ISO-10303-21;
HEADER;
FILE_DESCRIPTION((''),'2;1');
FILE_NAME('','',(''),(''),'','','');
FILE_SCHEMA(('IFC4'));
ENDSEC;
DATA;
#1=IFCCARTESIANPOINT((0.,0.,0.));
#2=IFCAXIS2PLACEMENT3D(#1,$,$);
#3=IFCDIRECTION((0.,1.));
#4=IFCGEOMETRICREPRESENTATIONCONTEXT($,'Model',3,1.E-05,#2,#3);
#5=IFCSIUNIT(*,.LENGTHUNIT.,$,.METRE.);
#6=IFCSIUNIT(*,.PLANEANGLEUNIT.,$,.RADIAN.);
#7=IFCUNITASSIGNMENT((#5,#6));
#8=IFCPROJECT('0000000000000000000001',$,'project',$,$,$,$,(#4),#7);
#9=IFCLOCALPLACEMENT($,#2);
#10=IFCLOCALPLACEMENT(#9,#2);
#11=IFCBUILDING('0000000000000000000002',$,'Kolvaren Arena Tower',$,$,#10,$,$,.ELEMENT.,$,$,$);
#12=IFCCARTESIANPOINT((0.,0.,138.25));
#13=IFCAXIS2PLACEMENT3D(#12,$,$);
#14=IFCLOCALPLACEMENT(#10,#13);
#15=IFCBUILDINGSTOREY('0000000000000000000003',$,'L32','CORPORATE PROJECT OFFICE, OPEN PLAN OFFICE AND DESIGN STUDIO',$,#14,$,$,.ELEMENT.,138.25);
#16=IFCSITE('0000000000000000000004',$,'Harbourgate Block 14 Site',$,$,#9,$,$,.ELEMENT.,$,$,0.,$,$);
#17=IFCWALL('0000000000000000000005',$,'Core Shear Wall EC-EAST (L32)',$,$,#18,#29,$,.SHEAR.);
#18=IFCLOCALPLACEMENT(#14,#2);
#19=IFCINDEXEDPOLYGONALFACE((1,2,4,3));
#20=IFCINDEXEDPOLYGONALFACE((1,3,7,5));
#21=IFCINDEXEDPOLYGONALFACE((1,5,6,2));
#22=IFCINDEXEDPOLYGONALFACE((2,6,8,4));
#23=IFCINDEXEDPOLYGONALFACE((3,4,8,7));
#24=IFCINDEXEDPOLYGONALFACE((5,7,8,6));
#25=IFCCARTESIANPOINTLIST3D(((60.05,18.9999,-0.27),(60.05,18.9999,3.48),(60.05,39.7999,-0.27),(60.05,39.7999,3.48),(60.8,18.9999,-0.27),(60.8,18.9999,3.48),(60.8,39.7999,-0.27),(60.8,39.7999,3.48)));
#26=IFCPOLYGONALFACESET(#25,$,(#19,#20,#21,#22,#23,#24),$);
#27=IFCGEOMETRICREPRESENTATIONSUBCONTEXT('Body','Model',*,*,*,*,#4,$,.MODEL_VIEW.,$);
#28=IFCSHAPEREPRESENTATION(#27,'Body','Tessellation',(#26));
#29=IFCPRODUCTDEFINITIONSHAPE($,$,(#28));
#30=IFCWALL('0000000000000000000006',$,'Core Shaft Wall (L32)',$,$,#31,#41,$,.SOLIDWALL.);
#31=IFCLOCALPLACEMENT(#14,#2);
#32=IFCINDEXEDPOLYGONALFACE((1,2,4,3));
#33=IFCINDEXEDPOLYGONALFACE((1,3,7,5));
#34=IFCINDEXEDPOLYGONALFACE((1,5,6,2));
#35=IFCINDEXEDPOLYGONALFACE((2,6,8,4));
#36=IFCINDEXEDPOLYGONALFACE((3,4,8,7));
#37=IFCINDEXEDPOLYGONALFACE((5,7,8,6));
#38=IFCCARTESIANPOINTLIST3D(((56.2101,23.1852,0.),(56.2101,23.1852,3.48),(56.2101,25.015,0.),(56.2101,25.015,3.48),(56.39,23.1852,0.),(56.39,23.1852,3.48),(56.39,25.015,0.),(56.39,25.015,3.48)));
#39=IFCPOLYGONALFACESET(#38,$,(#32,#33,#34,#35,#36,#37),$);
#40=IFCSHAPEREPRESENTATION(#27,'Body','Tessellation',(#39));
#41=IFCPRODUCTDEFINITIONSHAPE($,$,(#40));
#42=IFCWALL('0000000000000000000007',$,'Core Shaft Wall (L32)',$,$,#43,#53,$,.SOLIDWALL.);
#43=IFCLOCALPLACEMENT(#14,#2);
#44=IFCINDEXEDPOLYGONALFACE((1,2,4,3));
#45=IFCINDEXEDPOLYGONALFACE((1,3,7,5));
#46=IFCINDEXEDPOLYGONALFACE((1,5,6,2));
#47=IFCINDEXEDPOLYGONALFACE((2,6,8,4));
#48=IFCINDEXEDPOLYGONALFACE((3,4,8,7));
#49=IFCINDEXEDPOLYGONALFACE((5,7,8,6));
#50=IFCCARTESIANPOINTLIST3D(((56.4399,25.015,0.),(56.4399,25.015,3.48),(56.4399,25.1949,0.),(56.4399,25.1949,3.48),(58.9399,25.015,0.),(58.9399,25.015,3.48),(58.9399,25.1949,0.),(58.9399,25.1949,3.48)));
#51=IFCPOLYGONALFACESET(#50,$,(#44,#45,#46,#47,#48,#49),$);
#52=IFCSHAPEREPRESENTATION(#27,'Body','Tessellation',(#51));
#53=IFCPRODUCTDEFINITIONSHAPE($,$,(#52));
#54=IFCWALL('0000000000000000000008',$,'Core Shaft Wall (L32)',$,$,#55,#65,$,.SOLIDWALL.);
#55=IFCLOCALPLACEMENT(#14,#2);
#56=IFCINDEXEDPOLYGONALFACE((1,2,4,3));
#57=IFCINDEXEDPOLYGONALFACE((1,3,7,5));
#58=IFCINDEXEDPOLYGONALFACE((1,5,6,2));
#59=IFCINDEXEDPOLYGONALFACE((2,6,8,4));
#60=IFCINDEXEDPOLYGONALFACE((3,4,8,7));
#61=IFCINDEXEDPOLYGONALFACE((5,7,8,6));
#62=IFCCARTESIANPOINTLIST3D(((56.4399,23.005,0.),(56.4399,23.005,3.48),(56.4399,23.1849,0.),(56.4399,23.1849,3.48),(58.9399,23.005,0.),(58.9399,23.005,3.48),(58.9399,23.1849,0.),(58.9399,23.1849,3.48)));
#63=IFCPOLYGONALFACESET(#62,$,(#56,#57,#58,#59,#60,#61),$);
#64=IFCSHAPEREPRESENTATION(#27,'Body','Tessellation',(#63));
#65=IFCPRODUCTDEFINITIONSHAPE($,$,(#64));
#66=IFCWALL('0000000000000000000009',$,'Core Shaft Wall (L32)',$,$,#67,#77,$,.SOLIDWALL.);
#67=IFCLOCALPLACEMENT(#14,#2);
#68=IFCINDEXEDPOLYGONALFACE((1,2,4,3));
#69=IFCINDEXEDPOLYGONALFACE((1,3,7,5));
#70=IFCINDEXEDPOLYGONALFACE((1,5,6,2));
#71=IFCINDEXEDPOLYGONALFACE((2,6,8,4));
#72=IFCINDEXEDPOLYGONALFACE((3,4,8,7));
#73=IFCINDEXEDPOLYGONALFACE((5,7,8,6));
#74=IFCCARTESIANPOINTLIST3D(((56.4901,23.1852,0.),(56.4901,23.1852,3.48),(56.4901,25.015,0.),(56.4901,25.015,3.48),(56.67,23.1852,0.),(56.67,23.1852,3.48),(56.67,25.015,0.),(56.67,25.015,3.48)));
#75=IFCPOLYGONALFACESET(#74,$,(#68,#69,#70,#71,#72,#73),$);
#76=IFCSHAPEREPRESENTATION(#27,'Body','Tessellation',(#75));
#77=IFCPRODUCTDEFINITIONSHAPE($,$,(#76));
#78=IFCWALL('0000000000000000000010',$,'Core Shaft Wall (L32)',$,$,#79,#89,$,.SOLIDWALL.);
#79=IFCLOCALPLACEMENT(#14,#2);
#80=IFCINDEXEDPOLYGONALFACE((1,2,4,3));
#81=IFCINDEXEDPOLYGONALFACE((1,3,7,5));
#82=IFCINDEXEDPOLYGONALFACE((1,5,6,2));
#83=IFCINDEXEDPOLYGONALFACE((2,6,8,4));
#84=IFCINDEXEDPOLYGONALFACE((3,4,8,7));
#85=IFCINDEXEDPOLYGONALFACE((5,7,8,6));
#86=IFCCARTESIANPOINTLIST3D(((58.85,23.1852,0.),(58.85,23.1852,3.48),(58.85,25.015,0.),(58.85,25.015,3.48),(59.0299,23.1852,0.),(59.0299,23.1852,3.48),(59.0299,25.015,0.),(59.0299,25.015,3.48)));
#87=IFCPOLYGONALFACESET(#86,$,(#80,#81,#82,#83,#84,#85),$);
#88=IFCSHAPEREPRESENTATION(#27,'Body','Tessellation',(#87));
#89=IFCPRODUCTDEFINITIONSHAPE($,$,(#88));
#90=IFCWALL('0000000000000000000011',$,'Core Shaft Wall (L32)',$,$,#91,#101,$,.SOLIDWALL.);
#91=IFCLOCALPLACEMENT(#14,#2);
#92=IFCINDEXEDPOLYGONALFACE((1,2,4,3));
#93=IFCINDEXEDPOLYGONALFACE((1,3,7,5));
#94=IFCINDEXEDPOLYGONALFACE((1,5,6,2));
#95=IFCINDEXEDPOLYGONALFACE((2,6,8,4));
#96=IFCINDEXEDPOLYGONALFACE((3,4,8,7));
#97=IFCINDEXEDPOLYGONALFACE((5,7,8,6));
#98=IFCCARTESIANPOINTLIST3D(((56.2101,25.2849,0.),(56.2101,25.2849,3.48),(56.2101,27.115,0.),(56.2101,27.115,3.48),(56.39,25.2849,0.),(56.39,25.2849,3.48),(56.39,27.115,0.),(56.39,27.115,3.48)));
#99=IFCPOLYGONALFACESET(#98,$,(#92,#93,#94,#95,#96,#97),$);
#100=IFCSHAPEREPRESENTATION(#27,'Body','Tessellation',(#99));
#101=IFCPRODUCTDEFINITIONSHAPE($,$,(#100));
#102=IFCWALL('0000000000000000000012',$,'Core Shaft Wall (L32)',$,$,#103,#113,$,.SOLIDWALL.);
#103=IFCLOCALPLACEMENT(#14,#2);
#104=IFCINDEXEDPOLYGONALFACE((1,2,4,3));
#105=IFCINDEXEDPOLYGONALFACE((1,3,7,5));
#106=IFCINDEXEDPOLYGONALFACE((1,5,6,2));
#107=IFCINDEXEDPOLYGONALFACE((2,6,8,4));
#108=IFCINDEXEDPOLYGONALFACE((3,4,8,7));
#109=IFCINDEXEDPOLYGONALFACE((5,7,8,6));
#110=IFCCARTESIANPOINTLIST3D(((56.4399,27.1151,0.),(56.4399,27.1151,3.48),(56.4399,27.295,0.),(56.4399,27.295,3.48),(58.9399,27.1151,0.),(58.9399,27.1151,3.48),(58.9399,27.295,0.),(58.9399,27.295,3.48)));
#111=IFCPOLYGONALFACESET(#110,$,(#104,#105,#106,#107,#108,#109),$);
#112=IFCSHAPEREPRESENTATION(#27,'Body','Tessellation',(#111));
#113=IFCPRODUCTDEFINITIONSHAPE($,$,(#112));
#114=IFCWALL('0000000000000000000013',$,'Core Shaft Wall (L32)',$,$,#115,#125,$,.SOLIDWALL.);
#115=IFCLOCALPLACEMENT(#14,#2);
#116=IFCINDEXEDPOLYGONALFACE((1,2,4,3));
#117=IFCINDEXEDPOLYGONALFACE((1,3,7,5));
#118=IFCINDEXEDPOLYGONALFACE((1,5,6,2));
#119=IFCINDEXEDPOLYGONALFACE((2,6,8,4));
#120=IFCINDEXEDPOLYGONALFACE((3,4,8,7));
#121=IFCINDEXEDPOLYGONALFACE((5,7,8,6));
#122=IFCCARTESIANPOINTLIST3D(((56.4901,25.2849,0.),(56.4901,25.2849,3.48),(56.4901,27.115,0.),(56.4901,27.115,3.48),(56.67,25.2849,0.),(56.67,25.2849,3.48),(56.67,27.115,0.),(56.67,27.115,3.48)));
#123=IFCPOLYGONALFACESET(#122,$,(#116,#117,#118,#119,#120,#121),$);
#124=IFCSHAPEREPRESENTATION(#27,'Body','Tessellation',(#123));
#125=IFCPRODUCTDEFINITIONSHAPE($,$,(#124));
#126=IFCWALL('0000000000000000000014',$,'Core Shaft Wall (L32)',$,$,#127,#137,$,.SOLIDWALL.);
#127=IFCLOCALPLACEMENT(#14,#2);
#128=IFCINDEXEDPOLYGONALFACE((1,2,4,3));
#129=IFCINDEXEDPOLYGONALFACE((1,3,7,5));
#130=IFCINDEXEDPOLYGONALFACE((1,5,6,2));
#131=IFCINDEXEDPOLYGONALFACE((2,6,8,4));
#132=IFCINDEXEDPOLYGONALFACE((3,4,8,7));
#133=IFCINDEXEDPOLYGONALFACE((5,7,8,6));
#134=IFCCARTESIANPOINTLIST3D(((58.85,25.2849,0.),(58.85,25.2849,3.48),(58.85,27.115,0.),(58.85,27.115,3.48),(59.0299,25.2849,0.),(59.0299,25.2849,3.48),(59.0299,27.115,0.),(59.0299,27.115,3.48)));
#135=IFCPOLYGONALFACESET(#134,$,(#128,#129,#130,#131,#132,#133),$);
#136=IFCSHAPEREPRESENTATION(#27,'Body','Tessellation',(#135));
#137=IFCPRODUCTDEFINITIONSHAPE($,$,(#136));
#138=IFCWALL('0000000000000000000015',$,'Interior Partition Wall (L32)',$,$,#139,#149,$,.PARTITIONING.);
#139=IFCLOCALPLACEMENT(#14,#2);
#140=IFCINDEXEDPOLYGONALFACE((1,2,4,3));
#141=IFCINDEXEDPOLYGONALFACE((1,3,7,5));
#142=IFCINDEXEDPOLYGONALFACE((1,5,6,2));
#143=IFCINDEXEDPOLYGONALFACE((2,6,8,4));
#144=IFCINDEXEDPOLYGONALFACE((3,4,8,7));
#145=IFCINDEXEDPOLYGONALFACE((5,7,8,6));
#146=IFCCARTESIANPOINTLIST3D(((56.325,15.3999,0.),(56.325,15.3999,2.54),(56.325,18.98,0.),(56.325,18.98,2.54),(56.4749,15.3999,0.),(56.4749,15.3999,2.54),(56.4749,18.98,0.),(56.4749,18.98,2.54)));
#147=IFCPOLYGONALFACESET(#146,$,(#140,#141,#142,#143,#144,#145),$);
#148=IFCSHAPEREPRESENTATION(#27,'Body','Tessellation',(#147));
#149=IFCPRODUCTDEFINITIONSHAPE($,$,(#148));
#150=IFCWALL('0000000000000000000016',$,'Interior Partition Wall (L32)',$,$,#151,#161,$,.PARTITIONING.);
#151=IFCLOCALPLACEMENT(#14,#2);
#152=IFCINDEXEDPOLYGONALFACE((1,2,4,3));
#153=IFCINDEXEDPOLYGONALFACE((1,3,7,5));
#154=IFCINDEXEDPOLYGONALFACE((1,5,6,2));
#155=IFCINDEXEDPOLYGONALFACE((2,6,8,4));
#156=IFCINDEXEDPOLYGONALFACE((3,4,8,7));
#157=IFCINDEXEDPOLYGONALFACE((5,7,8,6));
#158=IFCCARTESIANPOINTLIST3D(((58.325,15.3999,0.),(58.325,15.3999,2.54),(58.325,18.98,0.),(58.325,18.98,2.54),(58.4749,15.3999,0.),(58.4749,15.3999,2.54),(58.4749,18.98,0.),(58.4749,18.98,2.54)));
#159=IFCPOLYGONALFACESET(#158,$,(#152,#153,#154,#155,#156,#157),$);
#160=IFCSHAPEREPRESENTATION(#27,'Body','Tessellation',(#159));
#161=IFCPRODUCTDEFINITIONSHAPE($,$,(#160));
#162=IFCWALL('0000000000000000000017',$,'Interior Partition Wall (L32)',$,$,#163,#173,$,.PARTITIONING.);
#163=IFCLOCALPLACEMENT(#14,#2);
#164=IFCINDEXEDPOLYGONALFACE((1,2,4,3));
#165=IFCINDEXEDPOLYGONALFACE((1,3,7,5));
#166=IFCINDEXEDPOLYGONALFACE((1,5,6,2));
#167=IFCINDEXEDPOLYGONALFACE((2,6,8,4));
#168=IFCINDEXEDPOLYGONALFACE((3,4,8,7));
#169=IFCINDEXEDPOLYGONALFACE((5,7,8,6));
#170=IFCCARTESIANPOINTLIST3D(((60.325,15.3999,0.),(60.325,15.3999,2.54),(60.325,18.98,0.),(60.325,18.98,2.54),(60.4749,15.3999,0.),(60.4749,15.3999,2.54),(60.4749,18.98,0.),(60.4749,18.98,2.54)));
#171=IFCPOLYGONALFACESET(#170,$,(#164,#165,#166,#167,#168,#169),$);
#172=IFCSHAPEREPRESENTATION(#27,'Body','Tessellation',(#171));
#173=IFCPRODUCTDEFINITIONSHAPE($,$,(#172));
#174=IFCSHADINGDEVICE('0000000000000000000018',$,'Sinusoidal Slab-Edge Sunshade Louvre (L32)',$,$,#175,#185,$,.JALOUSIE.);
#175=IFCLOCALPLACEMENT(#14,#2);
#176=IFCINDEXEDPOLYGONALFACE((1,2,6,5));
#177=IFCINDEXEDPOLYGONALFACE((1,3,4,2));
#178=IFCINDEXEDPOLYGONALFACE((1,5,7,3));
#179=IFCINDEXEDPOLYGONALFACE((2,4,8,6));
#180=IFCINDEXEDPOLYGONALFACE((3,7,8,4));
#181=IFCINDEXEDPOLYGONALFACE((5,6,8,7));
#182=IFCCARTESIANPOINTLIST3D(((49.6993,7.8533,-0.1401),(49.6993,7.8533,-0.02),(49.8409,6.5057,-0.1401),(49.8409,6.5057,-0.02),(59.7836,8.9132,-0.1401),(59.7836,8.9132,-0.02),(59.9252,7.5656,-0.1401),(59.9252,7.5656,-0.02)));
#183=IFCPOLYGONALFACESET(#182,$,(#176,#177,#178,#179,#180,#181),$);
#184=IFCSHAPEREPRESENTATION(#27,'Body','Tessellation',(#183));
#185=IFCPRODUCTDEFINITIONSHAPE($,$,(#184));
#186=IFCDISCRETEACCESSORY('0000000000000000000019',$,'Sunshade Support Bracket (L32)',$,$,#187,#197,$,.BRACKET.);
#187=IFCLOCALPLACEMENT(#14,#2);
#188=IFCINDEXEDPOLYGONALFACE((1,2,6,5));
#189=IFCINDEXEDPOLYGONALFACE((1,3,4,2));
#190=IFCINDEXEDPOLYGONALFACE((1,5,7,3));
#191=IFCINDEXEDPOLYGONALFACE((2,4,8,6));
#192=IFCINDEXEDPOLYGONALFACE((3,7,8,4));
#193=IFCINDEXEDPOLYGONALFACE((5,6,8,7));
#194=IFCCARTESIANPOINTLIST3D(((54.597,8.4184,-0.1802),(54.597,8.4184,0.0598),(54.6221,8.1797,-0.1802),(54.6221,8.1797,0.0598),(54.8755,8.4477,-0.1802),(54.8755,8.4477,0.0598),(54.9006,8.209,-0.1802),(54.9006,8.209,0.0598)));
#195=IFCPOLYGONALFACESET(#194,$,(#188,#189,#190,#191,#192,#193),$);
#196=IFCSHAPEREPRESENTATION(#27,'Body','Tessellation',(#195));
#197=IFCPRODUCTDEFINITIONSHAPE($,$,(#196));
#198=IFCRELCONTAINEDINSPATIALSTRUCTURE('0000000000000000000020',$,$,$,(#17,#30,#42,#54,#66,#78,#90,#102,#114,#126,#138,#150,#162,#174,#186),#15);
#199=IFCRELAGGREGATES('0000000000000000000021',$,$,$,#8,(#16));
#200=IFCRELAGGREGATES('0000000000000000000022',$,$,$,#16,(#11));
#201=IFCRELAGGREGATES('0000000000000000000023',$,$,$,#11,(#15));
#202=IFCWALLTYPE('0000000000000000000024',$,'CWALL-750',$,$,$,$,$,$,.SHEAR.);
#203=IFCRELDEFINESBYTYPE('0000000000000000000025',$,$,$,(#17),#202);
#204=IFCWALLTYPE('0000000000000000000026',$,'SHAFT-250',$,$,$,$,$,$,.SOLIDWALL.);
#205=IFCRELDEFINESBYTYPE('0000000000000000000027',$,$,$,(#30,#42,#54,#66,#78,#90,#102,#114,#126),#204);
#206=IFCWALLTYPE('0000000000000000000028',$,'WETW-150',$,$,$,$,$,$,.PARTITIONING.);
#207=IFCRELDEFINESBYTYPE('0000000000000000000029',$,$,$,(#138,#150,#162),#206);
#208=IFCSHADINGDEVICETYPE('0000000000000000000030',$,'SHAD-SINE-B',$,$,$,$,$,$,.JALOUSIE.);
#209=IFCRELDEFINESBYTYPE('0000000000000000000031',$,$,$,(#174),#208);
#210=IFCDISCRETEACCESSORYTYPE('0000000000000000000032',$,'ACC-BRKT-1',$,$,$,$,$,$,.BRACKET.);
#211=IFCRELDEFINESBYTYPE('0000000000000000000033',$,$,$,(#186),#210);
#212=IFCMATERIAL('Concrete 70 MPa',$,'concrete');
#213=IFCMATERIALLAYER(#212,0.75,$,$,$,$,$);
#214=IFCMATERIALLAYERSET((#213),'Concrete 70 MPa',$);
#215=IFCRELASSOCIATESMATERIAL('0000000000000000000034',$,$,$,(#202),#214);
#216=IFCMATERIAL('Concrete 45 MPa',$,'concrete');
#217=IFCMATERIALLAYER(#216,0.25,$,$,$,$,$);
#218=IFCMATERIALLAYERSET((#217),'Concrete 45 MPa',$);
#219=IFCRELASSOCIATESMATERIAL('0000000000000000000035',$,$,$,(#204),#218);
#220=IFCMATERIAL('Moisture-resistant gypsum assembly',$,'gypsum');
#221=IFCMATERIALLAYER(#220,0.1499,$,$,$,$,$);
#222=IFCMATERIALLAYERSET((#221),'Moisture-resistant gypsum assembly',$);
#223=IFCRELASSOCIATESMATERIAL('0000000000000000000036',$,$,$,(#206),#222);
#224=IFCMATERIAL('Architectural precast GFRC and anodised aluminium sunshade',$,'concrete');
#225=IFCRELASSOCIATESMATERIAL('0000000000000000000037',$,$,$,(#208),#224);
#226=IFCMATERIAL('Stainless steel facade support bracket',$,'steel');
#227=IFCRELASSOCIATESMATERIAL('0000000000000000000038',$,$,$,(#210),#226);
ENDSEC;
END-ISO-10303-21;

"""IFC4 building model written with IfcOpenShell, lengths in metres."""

from ifc_helpers import new_model, si_unit, direction, frame, frame_2d, origin, origin_2d, place, context, subcontext, project, spatial, rectangle, extrude, material, layer, layer_set, type_object, element, save


model = new_model("IFC4")

# Units and contexts
model_context = context("Model", 3, precision=1e-05, world=origin(), true_north=direction((0.0, 1.0)))
body_context = subcontext(model_context, "Body", "Model", "MODEL_VIEW")
ifc_project = project(units=[si_unit("LENGTHUNIT", "METRE"), si_unit("PLANEANGLEUNIT", "RADIAN")], contexts=[model_context])

# Site, building, storey
site_placement = place(None, origin())
site = spatial("IfcSite", under=ifc_project, at=site_placement, Name="Harbourgate Block 14 Site", CompositionType="ELEMENT", RefElevation=0.0)
building_placement = place(site_placement, origin())
building = spatial("IfcBuilding", under=site, at=building_placement, Name="Kolvaren Arena Tower", CompositionType="ELEMENT")
storey_placement = place(building_placement, frame((0.0, 0.0, 138.25)))
storey = spatial("IfcBuildingStorey", under=building, at=storey_placement, Name="L32", Description="CORPORATE PROJECT OFFICE, OPEN PLAN OFFICE AND DESIGN STUDIO", CompositionType="ELEMENT", Elevation=138.25)

# Walls
ifc_material_1 = material(Name="Concrete 70 MPa", Category="concrete")
ifc_layer_1 = layer(ifc_material_1, 0.75)
ifc_layer_set_1 = layer_set([ifc_layer_1], Name="Concrete 70 MPa")
wall_type_1 = type_object("IfcWallType", Name="CWALL-750", PredefinedType="SHEAR", material=ifc_layer_set_1)
wall_1_placement = place(storey_placement, frame((60.425, 19.0, -0.27), z_axis=(0.0, 0.0, 1.0), x_axis=(0.0, 1.0, 0.0)))
element("IfcWall", 1, at=wall_1_placement, inside=storey, type_object=wall_type_1, Name="Core Shear Wall EC-EAST (L32)", PredefinedType="SHEAR", context=body_context, shape_type="SweptSolid", body=[
    extrude(rectangle(XDim=20.8, YDim=0.75, at=frame_2d((10.3999, 0.0))), origin(), (0.0, 0.0, 1.0), 3.75),
])
ifc_material_2 = material(Name="Concrete 45 MPa", Category="concrete")
ifc_layer_2 = layer(ifc_material_2, 0.25)
ifc_layer_set_2 = layer_set([ifc_layer_2], Name="Concrete 45 MPa")
wall_type_2 = type_object("IfcWallType", Name="SHAFT-250", PredefinedType="SOLIDWALL", material=ifc_layer_set_2)
wall_2_placement = place(storey_placement, frame((56.3, 23.1851, 0.0), z_axis=(0.0, 0.0, 1.0), x_axis=(0.0, 1.0, 0.0)))
element("IfcWall", 2, at=wall_2_placement, inside=storey, type_object=wall_type_2, Name="Core Shaft Wall (L32)", PredefinedType="SOLIDWALL", context=body_context, shape_type="SweptSolid", body=[
    extrude(rectangle(XDim=1.8298, YDim=0.1799, at=frame_2d((0.915, 0.0))), origin(), (0.0, 0.0, 1.0), 3.48),
])
for number, where, z_axis, x_axis, name in (
    (3, (56.4399, 25.105, 0.0), (0.0, 0.0, 1.0), (1.0, 0.0, 0.0), "Core Shaft Wall (L32)"),
    (4, (56.4399, 23.095, 0.0), (0.0, 0.0, 1.0), (1.0, 0.0, 0.0), "Core Shaft Wall (L32)"),
):
    element("IfcWall", number, at=place(storey_placement, frame(where, z_axis=z_axis, x_axis=x_axis)), inside=storey, type_object=wall_type_2, Name=name, PredefinedType="SOLIDWALL", context=body_context, shape_type="SweptSolid", body=[
        extrude(rectangle(XDim=2.5, YDim=0.1799, at=frame_2d((1.25, 0.0))), origin(), (0.0, 0.0, 1.0), 3.48),
    ])
for number, where, z_axis, x_axis, name in (
    (5, (56.5801, 23.1851, 0.0), (0.0, 0.0, 1.0), (0.0, 1.0, 0.0), "Core Shaft Wall (L32)"),
    (6, (58.9399, 23.1851, 0.0), (0.0, 0.0, 1.0), (0.0, 1.0, 0.0), "Core Shaft Wall (L32)"),
):
    element("IfcWall", number, at=place(storey_placement, frame(where, z_axis=z_axis, x_axis=x_axis)), inside=storey, type_object=wall_type_2, Name=name, PredefinedType="SOLIDWALL", context=body_context, shape_type="SweptSolid", body=[
        extrude(rectangle(XDim=1.8298, YDim=0.1799, at=frame_2d((0.915, 0.0))), origin(), (0.0, 0.0, 1.0), 3.48),
    ])
wall_3_placement = place(storey_placement, frame((56.3, 25.2849, 0.0), z_axis=(0.0, 0.0, 1.0), x_axis=(0.0, 1.0, 0.0)))
element("IfcWall", 7, at=wall_3_placement, inside=storey, type_object=wall_type_2, Name="Core Shaft Wall (L32)", PredefinedType="SOLIDWALL", context=body_context, shape_type="SweptSolid", body=[
    extrude(rectangle(XDim=1.8301, YDim=0.1799, at=frame_2d((0.915, 0.0))), origin(), (0.0, 0.0, 1.0), 3.48),
])
wall_4_placement = place(storey_placement, frame((56.4399, 27.2051, 0.0), z_axis=(0.0, 0.0, 1.0), x_axis=(1.0, 0.0, 0.0)))
element("IfcWall", 8, at=wall_4_placement, inside=storey, type_object=wall_type_2, Name="Core Shaft Wall (L32)", PredefinedType="SOLIDWALL", context=body_context, shape_type="SweptSolid", body=[
    extrude(rectangle(XDim=2.5, YDim=0.1799, at=frame_2d((1.25, 0.0))), origin(), (0.0, 0.0, 1.0), 3.48),
])
for number, where, z_axis, x_axis, name in (
    (9, (56.5801, 25.2849, 0.0), (0.0, 0.0, 1.0), (0.0, 1.0, 0.0), "Core Shaft Wall (L32)"),
    (10, (58.9399, 25.2849, 0.0), (0.0, 0.0, 1.0), (0.0, 1.0, 0.0), "Core Shaft Wall (L32)"),
):
    element("IfcWall", number, at=place(storey_placement, frame(where, z_axis=z_axis, x_axis=x_axis)), inside=storey, type_object=wall_type_2, Name=name, PredefinedType="SOLIDWALL", context=body_context, shape_type="SweptSolid", body=[
        extrude(rectangle(XDim=1.8301, YDim=0.1799, at=frame_2d((0.915, 0.0))), origin(), (0.0, 0.0, 1.0), 3.48),
    ])
ifc_material_3 = material(Name="Moisture-resistant gypsum assembly", Category="gypsum")
ifc_layer_3 = layer(ifc_material_3, 0.1499)
ifc_layer_set_3 = layer_set([ifc_layer_3], Name="Moisture-resistant gypsum assembly")
wall_type_3 = type_object("IfcWallType", Name="WETW-150", PredefinedType="PARTITIONING", material=ifc_layer_set_3)
for number, where, z_axis, x_axis, name in (
    (11, (56.3999, 15.3999, 0.0), (0.0, 0.0, 1.0), (0.0, 1.0, 0.0), "Interior Partition Wall (L32)"),
    (12, (58.3999, 15.3999, 0.0), (0.0, 0.0, 1.0), (0.0, 1.0, 0.0), "Interior Partition Wall (L32)"),
    (13, (60.3999, 15.3999, 0.0), (0.0, 0.0, 1.0), (0.0, 1.0, 0.0), "Interior Partition Wall (L32)"),
):
    element("IfcWall", number, at=place(storey_placement, frame(where, z_axis=z_axis, x_axis=x_axis)), inside=storey, type_object=wall_type_3, Name=name, PredefinedType="PARTITIONING", context=body_context, shape_type="SweptSolid", body=[
        extrude(rectangle(XDim=3.5801, YDim=0.1499, at=frame_2d((1.79, 0.0))), origin(), (0.0, 0.0, 1.0), 2.54),
    ])

# Shading device
ifc_material_4 = material(Name="Architectural precast GFRC and anodised aluminium sunshade", Category="concrete")
shading_device_type = type_object("IfcShadingDeviceType", Name="SHAD-SINE-B", PredefinedType="JALOUSIE", material=ifc_material_4)
shading_device_placement = place(storey_placement, frame((54.8123, 7.7095, -0.1401), z_axis=(0.0, 0.0, 1.0), x_axis=(-0.994522, -0.104527, 0.0)))
element("IfcShadingDevice", 14, at=shading_device_placement, inside=storey, type_object=shading_device_type, Name="Sinusoidal Slab-Edge Sunshade Louvre (L32)", PredefinedType="JALOUSIE", context=body_context, shape_type="SweptSolid", body=[
    extrude(rectangle(XDim=10.1399, YDim=1.355, at=origin_2d()), origin(), (0.0, 0.0, 1.0), 0.1201),
])

# Discrete accessory
ifc_material_5 = material(Name="Stainless steel facade support bracket", Category="steel")
discrete_accessory_type_1 = type_object("IfcDiscreteAccessoryType", Name="ACC-BRKT-1", PredefinedType="BRACKET", material=ifc_material_5)
discrete_accessory_1_placement = place(storey_placement, frame((54.7488, 8.3137, -0.1802), z_axis=(0.0, 0.0, 1.0), x_axis=(-0.994522, -0.104527, 0.0)))
element("IfcDiscreteAccessory", 15, at=discrete_accessory_1_placement, inside=storey, type_object=discrete_accessory_type_1, Name="Sunshade Support Bracket (L32)", PredefinedType="BRACKET", context=body_context, shape_type="SweptSolid", body=[
    extrude(rectangle(XDim=0.28, YDim=0.24, at=origin_2d()), origin(), (0.0, 0.0, 1.0), 0.24),
])

save(model, "model.ifc")
